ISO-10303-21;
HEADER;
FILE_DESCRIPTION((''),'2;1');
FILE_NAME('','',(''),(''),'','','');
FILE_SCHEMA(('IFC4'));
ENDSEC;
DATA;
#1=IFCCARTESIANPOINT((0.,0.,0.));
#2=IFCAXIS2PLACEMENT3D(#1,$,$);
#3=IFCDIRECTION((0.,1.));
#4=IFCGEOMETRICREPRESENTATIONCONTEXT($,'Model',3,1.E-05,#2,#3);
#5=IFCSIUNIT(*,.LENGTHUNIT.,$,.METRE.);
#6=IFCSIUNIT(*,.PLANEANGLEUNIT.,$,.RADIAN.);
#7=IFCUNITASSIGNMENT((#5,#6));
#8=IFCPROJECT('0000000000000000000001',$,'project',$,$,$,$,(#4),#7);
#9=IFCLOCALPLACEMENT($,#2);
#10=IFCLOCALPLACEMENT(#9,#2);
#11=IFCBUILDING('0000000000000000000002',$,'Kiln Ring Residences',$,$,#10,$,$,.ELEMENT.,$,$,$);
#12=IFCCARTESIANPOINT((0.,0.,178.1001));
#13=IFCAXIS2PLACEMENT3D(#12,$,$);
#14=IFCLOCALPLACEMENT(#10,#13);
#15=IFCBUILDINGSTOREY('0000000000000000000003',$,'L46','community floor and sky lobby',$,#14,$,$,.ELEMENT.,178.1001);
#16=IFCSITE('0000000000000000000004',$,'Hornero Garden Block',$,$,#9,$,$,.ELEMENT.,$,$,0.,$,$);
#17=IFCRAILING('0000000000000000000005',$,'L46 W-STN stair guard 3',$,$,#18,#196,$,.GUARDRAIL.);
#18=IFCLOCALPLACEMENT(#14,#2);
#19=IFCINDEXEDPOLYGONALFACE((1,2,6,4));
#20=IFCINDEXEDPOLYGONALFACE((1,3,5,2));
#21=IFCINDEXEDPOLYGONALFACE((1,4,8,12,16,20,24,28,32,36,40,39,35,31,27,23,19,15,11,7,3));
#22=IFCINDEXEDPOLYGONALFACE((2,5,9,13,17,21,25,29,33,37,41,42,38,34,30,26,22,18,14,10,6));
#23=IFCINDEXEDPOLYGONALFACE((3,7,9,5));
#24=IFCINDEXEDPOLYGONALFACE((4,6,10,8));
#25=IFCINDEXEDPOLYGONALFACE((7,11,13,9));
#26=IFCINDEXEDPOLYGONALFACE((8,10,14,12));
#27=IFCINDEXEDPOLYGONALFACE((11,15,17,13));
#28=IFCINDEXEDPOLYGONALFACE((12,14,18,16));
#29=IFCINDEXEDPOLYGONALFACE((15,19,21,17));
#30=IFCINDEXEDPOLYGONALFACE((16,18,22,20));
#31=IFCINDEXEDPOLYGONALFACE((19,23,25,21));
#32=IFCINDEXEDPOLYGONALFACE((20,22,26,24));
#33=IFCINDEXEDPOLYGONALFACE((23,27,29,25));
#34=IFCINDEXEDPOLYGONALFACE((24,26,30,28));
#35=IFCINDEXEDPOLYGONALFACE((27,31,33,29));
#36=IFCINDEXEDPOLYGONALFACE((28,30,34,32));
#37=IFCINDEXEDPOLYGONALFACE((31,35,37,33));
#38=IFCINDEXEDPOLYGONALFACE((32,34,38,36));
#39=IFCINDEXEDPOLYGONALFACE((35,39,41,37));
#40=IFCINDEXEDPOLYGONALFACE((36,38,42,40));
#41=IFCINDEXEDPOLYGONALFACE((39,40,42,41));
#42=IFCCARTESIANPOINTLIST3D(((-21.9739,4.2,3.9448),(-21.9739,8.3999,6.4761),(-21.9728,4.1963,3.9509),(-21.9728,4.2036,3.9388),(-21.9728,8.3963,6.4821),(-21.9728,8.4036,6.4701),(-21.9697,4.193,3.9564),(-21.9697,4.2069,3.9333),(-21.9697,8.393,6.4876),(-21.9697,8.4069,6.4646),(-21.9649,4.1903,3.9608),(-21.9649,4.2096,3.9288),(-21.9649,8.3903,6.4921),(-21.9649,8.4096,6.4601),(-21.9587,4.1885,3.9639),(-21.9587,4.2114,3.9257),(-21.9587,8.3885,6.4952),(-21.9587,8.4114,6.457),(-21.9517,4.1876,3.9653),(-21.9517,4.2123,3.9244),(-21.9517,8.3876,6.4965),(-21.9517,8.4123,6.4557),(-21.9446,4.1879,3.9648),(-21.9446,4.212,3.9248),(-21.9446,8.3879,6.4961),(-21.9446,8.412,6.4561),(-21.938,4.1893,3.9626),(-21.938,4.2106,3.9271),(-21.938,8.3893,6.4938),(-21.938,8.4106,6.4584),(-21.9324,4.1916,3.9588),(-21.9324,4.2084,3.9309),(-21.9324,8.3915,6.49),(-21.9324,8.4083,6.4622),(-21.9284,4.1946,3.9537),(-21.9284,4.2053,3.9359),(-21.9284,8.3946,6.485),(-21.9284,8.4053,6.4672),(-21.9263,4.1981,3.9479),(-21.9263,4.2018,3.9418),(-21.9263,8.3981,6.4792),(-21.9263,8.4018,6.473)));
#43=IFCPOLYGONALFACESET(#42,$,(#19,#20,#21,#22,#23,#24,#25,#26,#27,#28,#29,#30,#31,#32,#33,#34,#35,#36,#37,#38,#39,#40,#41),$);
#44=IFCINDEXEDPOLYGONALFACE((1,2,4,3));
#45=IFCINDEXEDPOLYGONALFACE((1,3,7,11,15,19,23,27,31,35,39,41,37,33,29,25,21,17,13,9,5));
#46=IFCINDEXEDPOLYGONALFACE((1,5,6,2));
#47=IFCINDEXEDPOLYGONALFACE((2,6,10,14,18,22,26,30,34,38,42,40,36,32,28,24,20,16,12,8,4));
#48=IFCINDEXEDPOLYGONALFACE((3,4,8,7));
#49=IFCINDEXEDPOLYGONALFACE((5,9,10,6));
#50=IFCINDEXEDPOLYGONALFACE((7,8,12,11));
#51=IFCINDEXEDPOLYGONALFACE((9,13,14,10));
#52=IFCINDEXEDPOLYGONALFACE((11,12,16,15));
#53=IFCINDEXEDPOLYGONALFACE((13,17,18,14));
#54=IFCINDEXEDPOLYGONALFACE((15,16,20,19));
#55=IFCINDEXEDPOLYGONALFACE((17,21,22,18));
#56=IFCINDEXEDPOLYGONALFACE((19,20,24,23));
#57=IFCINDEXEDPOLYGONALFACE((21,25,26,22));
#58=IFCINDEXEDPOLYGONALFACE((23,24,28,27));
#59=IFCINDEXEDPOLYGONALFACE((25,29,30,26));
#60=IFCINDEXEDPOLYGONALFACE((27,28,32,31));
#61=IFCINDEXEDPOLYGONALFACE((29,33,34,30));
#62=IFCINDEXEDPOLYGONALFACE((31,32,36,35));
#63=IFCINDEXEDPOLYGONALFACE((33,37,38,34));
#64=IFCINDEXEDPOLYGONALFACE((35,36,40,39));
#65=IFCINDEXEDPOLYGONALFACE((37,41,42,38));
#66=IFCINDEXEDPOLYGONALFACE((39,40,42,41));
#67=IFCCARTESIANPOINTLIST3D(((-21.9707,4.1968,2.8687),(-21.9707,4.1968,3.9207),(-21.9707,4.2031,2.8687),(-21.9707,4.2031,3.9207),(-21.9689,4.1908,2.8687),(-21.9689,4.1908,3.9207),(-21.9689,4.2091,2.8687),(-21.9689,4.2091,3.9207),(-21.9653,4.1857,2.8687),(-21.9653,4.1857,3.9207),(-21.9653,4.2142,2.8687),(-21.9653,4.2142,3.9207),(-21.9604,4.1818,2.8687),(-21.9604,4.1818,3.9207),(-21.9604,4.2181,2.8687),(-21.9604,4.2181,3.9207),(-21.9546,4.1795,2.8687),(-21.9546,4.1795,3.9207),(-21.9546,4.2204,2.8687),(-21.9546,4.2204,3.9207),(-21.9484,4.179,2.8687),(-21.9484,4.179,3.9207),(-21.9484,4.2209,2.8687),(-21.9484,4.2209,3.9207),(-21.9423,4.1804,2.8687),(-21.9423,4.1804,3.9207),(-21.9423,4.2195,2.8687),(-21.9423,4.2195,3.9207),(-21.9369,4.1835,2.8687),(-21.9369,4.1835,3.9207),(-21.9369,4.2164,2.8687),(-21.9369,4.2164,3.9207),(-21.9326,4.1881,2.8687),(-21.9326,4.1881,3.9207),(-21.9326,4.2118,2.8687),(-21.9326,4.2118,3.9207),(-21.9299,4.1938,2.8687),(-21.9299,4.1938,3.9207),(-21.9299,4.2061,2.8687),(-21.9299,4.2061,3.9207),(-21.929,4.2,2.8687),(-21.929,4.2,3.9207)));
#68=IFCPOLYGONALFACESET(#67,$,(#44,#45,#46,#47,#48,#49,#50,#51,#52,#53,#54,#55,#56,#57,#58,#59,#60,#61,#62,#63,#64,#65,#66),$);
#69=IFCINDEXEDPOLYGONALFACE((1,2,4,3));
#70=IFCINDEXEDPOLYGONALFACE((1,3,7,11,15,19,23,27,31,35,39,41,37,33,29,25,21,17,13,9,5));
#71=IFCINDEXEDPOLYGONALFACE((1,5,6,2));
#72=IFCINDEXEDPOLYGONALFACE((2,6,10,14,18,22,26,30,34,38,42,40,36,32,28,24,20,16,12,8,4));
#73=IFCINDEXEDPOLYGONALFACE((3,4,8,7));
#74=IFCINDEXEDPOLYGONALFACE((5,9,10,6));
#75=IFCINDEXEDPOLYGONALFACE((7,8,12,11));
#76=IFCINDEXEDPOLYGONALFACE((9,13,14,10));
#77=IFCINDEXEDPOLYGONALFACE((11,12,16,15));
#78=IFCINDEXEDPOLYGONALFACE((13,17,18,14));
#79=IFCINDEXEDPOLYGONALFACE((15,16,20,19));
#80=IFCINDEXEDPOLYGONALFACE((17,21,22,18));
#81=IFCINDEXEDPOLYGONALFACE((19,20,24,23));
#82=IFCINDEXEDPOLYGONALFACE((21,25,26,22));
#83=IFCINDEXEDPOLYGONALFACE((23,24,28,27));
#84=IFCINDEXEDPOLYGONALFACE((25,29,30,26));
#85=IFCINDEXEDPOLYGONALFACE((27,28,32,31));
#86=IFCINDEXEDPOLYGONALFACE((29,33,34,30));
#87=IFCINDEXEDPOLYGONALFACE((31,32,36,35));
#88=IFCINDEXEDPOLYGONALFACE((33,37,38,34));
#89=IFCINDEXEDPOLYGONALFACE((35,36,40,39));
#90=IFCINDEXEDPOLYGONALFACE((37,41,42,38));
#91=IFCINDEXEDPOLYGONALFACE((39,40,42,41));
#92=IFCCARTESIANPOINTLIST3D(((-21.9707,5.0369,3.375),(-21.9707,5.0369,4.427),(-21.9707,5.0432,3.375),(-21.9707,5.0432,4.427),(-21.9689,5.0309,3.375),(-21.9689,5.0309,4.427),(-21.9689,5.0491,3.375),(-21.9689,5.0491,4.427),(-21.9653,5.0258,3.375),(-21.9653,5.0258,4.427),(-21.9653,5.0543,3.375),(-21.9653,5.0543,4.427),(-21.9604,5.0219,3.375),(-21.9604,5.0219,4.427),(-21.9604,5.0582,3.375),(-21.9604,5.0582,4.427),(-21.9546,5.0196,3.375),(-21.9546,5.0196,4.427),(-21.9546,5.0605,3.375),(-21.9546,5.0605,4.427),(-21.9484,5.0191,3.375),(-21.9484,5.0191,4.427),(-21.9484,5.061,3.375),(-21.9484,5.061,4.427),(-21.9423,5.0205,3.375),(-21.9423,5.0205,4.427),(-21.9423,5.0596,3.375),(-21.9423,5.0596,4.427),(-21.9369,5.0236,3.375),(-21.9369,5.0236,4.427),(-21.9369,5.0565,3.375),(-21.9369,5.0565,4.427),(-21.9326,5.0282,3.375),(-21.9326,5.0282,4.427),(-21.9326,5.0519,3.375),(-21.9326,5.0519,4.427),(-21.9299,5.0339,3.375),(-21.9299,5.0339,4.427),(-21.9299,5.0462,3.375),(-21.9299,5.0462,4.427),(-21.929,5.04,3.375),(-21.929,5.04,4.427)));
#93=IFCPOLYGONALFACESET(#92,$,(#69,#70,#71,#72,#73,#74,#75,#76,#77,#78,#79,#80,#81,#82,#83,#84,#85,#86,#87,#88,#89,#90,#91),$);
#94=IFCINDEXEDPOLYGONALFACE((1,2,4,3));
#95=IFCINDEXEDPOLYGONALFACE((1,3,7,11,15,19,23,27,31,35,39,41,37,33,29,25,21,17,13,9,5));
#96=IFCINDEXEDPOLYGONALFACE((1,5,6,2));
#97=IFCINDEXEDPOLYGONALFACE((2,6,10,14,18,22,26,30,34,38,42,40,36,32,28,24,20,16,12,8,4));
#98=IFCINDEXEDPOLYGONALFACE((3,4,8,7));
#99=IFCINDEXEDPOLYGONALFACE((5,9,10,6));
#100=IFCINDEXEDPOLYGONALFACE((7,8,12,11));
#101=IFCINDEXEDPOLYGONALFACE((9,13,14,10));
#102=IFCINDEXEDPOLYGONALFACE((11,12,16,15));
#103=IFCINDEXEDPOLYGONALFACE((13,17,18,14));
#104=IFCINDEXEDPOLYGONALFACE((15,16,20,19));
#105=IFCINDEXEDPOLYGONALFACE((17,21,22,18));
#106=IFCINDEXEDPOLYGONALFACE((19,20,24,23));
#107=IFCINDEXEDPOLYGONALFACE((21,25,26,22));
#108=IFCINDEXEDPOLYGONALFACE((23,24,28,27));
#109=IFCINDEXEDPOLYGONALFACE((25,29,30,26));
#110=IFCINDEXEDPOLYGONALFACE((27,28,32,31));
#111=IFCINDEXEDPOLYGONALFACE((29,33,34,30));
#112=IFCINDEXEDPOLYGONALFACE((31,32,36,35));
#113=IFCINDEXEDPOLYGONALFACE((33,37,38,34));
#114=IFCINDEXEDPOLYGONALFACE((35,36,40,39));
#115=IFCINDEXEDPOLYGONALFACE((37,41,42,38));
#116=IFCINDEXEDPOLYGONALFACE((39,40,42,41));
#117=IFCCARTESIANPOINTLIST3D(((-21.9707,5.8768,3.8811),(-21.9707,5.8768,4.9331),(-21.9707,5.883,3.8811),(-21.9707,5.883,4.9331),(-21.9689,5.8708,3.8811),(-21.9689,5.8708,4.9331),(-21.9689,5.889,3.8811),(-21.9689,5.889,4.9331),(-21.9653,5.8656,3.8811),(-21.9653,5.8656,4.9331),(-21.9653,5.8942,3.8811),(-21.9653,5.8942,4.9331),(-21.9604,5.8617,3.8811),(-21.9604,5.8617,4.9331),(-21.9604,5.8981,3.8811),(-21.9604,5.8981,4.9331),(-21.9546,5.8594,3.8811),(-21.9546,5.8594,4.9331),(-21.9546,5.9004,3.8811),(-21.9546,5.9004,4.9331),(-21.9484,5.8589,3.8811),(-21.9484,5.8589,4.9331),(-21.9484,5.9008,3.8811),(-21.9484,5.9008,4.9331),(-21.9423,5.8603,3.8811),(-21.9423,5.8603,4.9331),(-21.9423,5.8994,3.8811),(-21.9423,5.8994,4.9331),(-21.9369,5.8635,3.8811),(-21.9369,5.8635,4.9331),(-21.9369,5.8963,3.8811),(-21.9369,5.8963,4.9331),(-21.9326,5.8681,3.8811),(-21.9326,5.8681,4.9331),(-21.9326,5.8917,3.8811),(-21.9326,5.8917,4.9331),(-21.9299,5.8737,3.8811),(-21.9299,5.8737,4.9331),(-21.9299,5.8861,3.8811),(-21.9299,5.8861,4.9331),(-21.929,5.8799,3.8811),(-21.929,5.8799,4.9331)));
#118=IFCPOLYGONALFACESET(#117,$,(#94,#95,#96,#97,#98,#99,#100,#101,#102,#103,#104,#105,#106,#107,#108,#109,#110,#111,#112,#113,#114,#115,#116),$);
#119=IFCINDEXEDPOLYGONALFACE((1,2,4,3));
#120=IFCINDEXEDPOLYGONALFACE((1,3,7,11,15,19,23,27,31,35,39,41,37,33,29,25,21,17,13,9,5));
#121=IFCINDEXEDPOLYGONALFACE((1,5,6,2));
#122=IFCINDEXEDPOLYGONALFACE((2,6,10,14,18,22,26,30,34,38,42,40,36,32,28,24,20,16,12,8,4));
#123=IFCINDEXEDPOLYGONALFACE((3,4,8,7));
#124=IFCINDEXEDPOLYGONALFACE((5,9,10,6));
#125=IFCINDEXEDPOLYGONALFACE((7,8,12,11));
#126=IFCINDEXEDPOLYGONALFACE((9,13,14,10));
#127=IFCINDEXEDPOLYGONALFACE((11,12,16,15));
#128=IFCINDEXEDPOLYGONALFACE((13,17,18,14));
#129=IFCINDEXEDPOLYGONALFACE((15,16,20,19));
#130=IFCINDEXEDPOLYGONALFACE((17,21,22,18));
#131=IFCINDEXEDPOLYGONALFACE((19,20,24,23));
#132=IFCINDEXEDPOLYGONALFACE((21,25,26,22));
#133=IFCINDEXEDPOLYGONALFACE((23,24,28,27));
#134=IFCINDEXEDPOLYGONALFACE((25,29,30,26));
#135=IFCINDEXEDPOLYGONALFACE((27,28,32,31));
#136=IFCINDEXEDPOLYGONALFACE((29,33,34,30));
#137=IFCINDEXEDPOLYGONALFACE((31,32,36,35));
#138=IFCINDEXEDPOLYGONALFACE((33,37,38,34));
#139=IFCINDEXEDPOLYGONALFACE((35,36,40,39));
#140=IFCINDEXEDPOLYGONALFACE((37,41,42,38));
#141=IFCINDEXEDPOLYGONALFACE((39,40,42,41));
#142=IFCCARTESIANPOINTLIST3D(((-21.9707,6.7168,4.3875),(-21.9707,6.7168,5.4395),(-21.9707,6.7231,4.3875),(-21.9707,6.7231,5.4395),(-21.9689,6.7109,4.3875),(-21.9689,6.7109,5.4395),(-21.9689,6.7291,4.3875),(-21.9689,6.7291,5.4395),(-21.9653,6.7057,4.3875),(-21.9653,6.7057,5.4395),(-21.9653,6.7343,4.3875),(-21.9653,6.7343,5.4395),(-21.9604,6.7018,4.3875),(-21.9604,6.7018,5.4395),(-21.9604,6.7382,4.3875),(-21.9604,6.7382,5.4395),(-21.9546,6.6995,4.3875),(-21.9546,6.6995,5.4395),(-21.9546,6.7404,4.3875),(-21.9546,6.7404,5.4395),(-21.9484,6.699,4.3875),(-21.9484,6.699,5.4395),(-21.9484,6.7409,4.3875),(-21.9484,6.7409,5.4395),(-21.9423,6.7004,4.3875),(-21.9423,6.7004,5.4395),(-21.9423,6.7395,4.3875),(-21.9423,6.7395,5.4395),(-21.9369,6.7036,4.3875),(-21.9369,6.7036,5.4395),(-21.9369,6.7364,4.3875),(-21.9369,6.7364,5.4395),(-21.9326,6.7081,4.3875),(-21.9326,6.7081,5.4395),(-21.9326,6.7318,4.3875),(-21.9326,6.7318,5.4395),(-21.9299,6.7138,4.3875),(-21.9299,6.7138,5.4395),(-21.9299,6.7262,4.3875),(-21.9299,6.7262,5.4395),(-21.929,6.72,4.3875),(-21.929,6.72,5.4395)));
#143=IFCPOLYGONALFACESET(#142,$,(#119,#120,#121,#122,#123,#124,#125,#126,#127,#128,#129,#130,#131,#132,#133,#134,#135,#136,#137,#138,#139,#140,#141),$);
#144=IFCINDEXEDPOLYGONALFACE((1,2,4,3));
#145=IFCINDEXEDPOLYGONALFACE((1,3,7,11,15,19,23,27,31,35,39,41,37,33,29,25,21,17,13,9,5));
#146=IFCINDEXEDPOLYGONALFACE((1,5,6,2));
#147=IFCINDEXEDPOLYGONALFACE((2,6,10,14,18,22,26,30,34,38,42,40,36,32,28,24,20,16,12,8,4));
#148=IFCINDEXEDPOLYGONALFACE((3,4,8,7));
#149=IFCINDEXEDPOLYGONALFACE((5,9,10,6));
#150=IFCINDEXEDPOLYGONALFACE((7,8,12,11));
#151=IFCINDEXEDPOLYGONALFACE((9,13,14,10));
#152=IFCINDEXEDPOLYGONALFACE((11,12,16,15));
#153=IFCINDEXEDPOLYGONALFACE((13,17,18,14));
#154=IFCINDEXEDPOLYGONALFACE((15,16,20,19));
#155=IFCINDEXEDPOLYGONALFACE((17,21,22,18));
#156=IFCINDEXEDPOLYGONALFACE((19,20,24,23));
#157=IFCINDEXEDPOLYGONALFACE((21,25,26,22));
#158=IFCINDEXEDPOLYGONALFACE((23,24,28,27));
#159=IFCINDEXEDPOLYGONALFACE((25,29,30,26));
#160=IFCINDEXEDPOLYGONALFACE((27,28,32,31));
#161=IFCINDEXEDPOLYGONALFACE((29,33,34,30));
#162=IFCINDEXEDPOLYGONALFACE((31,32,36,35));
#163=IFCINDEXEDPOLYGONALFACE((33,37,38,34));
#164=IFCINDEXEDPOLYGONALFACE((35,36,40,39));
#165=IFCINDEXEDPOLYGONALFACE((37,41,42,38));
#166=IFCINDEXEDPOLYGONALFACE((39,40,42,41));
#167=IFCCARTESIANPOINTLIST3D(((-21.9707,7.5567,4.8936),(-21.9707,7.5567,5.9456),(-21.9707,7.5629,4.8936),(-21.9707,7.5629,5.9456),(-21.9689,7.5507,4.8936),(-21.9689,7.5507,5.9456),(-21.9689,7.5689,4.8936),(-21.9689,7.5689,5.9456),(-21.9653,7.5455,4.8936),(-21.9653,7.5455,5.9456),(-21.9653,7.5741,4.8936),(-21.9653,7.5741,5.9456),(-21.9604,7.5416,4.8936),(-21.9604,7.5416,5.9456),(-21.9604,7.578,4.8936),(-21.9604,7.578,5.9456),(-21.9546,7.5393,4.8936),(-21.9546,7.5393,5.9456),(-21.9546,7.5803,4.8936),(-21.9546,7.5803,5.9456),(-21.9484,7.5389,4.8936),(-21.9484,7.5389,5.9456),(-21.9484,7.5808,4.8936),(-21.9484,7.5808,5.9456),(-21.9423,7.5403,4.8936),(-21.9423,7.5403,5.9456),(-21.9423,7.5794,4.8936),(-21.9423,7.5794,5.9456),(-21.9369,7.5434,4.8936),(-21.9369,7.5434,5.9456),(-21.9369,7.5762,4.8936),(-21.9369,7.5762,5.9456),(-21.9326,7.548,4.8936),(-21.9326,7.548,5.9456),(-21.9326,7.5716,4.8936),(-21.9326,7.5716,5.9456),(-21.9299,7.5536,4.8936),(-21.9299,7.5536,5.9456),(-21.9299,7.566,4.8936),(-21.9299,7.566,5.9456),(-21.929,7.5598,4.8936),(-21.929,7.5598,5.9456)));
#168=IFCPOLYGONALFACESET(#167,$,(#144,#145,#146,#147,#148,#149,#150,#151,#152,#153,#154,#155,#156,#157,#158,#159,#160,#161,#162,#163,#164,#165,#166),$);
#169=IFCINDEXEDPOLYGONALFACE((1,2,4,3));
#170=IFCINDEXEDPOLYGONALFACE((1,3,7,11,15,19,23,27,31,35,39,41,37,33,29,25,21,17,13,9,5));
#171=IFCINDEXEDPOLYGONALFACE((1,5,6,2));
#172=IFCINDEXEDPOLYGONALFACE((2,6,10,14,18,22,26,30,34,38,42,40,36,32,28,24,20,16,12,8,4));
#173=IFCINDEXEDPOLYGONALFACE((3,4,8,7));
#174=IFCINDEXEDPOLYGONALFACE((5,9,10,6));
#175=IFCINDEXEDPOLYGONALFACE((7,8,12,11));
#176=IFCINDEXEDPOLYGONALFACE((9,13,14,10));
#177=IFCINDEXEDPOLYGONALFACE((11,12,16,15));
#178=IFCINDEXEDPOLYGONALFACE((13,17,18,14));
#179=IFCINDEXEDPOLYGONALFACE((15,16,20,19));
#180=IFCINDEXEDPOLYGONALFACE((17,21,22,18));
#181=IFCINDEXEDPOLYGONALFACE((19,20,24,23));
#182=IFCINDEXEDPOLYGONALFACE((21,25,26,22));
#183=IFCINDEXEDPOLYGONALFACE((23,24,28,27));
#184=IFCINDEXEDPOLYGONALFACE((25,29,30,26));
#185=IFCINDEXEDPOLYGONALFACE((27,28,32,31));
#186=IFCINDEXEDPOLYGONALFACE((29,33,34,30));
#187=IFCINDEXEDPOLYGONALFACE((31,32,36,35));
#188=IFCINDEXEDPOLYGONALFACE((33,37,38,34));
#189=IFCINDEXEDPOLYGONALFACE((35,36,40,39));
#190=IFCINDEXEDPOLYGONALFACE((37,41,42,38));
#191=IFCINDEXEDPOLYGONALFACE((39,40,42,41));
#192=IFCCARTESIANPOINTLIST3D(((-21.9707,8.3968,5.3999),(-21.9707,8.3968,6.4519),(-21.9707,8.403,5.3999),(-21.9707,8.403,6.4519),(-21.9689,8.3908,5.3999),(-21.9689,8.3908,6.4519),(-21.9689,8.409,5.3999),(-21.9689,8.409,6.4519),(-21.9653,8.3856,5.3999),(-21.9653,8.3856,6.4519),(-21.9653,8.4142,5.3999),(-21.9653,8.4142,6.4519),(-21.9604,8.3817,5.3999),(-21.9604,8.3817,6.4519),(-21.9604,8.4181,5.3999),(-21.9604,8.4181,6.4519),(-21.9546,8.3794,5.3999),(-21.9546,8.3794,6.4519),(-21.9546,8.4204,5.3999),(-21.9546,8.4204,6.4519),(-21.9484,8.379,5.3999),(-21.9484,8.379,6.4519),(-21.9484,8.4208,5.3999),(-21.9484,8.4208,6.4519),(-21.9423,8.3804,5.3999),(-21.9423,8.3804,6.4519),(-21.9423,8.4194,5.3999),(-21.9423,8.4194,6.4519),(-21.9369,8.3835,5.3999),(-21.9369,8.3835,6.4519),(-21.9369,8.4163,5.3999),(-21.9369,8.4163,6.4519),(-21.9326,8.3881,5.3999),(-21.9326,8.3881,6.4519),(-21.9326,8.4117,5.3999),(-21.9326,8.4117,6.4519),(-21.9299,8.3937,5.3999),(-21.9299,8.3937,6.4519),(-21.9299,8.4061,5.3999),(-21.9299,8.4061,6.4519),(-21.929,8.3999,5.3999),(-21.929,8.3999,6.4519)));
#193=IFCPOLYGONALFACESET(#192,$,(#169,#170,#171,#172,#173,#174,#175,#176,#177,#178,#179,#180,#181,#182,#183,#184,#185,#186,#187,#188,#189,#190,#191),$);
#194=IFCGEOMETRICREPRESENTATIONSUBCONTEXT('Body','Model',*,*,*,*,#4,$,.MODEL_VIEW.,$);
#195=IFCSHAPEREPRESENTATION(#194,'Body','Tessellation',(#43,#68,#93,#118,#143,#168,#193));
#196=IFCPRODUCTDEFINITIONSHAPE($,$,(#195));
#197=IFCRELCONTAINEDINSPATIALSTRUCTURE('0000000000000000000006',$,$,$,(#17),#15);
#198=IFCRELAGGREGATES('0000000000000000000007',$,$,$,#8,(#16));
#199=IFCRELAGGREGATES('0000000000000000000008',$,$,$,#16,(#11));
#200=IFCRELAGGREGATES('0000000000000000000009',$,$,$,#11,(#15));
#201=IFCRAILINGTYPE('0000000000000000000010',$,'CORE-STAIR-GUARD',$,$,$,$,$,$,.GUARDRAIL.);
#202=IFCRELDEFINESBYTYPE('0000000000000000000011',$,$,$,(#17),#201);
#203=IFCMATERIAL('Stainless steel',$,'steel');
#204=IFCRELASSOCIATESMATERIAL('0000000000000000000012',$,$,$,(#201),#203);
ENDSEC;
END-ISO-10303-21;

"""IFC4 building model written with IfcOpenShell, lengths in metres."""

from ifc_helpers import new_model, si_unit, direction, frame, origin, origin_2d, place, context, subcontext, project, spatial, circle, extrude, material, type_object, element, save


model = new_model("IFC4")

# Units and contexts
model_context = context("Model", 3, precision=1e-05, world=origin(), true_north=direction((0.0, 1.0)))
body_context = subcontext(model_context, "Body", "Model", "MODEL_VIEW")
ifc_project = project(units=[si_unit("LENGTHUNIT", "METRE"), si_unit("PLANEANGLEUNIT", "RADIAN")], contexts=[model_context])

# Site, building, storey
site_placement = place(None, origin())
site = spatial("IfcSite", under=ifc_project, at=site_placement, Name="Hornero Garden Block", CompositionType="ELEMENT", RefElevation=0.0)
building_placement = place(site_placement, origin())
building = spatial("IfcBuilding", under=site, at=building_placement, Name="Kiln Ring Residences", CompositionType="ELEMENT")
storey_placement = place(building_placement, frame((0.0, 0.0, 178.1001)))
storey = spatial("IfcBuildingStorey", under=building, at=storey_placement, Name="L46", Description="community floor and sky lobby", CompositionType="ELEMENT", Elevation=178.1001)

# Railing
ifc_material_1 = material(Name="Stainless steel", Category="steel")
railing_type_1 = type_object("IfcRailingType", Name="CORE-STAIR-GUARD", PredefinedType="GUARDRAIL", material=ifc_material_1)
railing_1_placement = place(storey_placement, frame((-21.95, 4.2, 2.8687)))
element("IfcRailing", 1, at=railing_1_placement, inside=storey, type_object=railing_type_1, Name="L46 W-STN stair guard 3", PredefinedType="GUARDRAIL", context=body_context, shape_type="SweptSolid", body=[
    extrude(circle(Radius=0.0239, at=origin_2d()), frame((0.0, 0.0, 1.0762), z_axis=(0.0, 0.856476, 0.516186), x_axis=(-1.0, 0.0, 0.0)), (0.0, 0.0, 1.0), 4.9038),
    extrude(circle(Radius=0.021, at=origin_2d()), origin(), (0.0, 0.0, 1.0), 1.052),
    extrude(circle(Radius=0.021, at=origin_2d()), frame((0.0, 0.8401, 0.5063)), (0.0, 0.0, 1.0), 1.052),
    extrude(circle(Radius=0.021, at=origin_2d()), frame((0.0, 1.6799, 1.0125)), (0.0, 0.0, 1.0), 1.052),
    extrude(circle(Radius=0.021, at=origin_2d()), frame((0.0, 2.52, 1.5188)), (0.0, 0.0, 1.0), 1.052),
    extrude(circle(Radius=0.021, at=origin_2d()), frame((0.0, 3.3599, 2.0249)), (0.0, 0.0, 1.0), 1.052),
    extrude(circle(Radius=0.021, at=origin_2d()), frame((0.0, 4.2, 2.5312)), (0.0, 0.0, 1.0), 1.052),
])

save(model, "model.ifc")
